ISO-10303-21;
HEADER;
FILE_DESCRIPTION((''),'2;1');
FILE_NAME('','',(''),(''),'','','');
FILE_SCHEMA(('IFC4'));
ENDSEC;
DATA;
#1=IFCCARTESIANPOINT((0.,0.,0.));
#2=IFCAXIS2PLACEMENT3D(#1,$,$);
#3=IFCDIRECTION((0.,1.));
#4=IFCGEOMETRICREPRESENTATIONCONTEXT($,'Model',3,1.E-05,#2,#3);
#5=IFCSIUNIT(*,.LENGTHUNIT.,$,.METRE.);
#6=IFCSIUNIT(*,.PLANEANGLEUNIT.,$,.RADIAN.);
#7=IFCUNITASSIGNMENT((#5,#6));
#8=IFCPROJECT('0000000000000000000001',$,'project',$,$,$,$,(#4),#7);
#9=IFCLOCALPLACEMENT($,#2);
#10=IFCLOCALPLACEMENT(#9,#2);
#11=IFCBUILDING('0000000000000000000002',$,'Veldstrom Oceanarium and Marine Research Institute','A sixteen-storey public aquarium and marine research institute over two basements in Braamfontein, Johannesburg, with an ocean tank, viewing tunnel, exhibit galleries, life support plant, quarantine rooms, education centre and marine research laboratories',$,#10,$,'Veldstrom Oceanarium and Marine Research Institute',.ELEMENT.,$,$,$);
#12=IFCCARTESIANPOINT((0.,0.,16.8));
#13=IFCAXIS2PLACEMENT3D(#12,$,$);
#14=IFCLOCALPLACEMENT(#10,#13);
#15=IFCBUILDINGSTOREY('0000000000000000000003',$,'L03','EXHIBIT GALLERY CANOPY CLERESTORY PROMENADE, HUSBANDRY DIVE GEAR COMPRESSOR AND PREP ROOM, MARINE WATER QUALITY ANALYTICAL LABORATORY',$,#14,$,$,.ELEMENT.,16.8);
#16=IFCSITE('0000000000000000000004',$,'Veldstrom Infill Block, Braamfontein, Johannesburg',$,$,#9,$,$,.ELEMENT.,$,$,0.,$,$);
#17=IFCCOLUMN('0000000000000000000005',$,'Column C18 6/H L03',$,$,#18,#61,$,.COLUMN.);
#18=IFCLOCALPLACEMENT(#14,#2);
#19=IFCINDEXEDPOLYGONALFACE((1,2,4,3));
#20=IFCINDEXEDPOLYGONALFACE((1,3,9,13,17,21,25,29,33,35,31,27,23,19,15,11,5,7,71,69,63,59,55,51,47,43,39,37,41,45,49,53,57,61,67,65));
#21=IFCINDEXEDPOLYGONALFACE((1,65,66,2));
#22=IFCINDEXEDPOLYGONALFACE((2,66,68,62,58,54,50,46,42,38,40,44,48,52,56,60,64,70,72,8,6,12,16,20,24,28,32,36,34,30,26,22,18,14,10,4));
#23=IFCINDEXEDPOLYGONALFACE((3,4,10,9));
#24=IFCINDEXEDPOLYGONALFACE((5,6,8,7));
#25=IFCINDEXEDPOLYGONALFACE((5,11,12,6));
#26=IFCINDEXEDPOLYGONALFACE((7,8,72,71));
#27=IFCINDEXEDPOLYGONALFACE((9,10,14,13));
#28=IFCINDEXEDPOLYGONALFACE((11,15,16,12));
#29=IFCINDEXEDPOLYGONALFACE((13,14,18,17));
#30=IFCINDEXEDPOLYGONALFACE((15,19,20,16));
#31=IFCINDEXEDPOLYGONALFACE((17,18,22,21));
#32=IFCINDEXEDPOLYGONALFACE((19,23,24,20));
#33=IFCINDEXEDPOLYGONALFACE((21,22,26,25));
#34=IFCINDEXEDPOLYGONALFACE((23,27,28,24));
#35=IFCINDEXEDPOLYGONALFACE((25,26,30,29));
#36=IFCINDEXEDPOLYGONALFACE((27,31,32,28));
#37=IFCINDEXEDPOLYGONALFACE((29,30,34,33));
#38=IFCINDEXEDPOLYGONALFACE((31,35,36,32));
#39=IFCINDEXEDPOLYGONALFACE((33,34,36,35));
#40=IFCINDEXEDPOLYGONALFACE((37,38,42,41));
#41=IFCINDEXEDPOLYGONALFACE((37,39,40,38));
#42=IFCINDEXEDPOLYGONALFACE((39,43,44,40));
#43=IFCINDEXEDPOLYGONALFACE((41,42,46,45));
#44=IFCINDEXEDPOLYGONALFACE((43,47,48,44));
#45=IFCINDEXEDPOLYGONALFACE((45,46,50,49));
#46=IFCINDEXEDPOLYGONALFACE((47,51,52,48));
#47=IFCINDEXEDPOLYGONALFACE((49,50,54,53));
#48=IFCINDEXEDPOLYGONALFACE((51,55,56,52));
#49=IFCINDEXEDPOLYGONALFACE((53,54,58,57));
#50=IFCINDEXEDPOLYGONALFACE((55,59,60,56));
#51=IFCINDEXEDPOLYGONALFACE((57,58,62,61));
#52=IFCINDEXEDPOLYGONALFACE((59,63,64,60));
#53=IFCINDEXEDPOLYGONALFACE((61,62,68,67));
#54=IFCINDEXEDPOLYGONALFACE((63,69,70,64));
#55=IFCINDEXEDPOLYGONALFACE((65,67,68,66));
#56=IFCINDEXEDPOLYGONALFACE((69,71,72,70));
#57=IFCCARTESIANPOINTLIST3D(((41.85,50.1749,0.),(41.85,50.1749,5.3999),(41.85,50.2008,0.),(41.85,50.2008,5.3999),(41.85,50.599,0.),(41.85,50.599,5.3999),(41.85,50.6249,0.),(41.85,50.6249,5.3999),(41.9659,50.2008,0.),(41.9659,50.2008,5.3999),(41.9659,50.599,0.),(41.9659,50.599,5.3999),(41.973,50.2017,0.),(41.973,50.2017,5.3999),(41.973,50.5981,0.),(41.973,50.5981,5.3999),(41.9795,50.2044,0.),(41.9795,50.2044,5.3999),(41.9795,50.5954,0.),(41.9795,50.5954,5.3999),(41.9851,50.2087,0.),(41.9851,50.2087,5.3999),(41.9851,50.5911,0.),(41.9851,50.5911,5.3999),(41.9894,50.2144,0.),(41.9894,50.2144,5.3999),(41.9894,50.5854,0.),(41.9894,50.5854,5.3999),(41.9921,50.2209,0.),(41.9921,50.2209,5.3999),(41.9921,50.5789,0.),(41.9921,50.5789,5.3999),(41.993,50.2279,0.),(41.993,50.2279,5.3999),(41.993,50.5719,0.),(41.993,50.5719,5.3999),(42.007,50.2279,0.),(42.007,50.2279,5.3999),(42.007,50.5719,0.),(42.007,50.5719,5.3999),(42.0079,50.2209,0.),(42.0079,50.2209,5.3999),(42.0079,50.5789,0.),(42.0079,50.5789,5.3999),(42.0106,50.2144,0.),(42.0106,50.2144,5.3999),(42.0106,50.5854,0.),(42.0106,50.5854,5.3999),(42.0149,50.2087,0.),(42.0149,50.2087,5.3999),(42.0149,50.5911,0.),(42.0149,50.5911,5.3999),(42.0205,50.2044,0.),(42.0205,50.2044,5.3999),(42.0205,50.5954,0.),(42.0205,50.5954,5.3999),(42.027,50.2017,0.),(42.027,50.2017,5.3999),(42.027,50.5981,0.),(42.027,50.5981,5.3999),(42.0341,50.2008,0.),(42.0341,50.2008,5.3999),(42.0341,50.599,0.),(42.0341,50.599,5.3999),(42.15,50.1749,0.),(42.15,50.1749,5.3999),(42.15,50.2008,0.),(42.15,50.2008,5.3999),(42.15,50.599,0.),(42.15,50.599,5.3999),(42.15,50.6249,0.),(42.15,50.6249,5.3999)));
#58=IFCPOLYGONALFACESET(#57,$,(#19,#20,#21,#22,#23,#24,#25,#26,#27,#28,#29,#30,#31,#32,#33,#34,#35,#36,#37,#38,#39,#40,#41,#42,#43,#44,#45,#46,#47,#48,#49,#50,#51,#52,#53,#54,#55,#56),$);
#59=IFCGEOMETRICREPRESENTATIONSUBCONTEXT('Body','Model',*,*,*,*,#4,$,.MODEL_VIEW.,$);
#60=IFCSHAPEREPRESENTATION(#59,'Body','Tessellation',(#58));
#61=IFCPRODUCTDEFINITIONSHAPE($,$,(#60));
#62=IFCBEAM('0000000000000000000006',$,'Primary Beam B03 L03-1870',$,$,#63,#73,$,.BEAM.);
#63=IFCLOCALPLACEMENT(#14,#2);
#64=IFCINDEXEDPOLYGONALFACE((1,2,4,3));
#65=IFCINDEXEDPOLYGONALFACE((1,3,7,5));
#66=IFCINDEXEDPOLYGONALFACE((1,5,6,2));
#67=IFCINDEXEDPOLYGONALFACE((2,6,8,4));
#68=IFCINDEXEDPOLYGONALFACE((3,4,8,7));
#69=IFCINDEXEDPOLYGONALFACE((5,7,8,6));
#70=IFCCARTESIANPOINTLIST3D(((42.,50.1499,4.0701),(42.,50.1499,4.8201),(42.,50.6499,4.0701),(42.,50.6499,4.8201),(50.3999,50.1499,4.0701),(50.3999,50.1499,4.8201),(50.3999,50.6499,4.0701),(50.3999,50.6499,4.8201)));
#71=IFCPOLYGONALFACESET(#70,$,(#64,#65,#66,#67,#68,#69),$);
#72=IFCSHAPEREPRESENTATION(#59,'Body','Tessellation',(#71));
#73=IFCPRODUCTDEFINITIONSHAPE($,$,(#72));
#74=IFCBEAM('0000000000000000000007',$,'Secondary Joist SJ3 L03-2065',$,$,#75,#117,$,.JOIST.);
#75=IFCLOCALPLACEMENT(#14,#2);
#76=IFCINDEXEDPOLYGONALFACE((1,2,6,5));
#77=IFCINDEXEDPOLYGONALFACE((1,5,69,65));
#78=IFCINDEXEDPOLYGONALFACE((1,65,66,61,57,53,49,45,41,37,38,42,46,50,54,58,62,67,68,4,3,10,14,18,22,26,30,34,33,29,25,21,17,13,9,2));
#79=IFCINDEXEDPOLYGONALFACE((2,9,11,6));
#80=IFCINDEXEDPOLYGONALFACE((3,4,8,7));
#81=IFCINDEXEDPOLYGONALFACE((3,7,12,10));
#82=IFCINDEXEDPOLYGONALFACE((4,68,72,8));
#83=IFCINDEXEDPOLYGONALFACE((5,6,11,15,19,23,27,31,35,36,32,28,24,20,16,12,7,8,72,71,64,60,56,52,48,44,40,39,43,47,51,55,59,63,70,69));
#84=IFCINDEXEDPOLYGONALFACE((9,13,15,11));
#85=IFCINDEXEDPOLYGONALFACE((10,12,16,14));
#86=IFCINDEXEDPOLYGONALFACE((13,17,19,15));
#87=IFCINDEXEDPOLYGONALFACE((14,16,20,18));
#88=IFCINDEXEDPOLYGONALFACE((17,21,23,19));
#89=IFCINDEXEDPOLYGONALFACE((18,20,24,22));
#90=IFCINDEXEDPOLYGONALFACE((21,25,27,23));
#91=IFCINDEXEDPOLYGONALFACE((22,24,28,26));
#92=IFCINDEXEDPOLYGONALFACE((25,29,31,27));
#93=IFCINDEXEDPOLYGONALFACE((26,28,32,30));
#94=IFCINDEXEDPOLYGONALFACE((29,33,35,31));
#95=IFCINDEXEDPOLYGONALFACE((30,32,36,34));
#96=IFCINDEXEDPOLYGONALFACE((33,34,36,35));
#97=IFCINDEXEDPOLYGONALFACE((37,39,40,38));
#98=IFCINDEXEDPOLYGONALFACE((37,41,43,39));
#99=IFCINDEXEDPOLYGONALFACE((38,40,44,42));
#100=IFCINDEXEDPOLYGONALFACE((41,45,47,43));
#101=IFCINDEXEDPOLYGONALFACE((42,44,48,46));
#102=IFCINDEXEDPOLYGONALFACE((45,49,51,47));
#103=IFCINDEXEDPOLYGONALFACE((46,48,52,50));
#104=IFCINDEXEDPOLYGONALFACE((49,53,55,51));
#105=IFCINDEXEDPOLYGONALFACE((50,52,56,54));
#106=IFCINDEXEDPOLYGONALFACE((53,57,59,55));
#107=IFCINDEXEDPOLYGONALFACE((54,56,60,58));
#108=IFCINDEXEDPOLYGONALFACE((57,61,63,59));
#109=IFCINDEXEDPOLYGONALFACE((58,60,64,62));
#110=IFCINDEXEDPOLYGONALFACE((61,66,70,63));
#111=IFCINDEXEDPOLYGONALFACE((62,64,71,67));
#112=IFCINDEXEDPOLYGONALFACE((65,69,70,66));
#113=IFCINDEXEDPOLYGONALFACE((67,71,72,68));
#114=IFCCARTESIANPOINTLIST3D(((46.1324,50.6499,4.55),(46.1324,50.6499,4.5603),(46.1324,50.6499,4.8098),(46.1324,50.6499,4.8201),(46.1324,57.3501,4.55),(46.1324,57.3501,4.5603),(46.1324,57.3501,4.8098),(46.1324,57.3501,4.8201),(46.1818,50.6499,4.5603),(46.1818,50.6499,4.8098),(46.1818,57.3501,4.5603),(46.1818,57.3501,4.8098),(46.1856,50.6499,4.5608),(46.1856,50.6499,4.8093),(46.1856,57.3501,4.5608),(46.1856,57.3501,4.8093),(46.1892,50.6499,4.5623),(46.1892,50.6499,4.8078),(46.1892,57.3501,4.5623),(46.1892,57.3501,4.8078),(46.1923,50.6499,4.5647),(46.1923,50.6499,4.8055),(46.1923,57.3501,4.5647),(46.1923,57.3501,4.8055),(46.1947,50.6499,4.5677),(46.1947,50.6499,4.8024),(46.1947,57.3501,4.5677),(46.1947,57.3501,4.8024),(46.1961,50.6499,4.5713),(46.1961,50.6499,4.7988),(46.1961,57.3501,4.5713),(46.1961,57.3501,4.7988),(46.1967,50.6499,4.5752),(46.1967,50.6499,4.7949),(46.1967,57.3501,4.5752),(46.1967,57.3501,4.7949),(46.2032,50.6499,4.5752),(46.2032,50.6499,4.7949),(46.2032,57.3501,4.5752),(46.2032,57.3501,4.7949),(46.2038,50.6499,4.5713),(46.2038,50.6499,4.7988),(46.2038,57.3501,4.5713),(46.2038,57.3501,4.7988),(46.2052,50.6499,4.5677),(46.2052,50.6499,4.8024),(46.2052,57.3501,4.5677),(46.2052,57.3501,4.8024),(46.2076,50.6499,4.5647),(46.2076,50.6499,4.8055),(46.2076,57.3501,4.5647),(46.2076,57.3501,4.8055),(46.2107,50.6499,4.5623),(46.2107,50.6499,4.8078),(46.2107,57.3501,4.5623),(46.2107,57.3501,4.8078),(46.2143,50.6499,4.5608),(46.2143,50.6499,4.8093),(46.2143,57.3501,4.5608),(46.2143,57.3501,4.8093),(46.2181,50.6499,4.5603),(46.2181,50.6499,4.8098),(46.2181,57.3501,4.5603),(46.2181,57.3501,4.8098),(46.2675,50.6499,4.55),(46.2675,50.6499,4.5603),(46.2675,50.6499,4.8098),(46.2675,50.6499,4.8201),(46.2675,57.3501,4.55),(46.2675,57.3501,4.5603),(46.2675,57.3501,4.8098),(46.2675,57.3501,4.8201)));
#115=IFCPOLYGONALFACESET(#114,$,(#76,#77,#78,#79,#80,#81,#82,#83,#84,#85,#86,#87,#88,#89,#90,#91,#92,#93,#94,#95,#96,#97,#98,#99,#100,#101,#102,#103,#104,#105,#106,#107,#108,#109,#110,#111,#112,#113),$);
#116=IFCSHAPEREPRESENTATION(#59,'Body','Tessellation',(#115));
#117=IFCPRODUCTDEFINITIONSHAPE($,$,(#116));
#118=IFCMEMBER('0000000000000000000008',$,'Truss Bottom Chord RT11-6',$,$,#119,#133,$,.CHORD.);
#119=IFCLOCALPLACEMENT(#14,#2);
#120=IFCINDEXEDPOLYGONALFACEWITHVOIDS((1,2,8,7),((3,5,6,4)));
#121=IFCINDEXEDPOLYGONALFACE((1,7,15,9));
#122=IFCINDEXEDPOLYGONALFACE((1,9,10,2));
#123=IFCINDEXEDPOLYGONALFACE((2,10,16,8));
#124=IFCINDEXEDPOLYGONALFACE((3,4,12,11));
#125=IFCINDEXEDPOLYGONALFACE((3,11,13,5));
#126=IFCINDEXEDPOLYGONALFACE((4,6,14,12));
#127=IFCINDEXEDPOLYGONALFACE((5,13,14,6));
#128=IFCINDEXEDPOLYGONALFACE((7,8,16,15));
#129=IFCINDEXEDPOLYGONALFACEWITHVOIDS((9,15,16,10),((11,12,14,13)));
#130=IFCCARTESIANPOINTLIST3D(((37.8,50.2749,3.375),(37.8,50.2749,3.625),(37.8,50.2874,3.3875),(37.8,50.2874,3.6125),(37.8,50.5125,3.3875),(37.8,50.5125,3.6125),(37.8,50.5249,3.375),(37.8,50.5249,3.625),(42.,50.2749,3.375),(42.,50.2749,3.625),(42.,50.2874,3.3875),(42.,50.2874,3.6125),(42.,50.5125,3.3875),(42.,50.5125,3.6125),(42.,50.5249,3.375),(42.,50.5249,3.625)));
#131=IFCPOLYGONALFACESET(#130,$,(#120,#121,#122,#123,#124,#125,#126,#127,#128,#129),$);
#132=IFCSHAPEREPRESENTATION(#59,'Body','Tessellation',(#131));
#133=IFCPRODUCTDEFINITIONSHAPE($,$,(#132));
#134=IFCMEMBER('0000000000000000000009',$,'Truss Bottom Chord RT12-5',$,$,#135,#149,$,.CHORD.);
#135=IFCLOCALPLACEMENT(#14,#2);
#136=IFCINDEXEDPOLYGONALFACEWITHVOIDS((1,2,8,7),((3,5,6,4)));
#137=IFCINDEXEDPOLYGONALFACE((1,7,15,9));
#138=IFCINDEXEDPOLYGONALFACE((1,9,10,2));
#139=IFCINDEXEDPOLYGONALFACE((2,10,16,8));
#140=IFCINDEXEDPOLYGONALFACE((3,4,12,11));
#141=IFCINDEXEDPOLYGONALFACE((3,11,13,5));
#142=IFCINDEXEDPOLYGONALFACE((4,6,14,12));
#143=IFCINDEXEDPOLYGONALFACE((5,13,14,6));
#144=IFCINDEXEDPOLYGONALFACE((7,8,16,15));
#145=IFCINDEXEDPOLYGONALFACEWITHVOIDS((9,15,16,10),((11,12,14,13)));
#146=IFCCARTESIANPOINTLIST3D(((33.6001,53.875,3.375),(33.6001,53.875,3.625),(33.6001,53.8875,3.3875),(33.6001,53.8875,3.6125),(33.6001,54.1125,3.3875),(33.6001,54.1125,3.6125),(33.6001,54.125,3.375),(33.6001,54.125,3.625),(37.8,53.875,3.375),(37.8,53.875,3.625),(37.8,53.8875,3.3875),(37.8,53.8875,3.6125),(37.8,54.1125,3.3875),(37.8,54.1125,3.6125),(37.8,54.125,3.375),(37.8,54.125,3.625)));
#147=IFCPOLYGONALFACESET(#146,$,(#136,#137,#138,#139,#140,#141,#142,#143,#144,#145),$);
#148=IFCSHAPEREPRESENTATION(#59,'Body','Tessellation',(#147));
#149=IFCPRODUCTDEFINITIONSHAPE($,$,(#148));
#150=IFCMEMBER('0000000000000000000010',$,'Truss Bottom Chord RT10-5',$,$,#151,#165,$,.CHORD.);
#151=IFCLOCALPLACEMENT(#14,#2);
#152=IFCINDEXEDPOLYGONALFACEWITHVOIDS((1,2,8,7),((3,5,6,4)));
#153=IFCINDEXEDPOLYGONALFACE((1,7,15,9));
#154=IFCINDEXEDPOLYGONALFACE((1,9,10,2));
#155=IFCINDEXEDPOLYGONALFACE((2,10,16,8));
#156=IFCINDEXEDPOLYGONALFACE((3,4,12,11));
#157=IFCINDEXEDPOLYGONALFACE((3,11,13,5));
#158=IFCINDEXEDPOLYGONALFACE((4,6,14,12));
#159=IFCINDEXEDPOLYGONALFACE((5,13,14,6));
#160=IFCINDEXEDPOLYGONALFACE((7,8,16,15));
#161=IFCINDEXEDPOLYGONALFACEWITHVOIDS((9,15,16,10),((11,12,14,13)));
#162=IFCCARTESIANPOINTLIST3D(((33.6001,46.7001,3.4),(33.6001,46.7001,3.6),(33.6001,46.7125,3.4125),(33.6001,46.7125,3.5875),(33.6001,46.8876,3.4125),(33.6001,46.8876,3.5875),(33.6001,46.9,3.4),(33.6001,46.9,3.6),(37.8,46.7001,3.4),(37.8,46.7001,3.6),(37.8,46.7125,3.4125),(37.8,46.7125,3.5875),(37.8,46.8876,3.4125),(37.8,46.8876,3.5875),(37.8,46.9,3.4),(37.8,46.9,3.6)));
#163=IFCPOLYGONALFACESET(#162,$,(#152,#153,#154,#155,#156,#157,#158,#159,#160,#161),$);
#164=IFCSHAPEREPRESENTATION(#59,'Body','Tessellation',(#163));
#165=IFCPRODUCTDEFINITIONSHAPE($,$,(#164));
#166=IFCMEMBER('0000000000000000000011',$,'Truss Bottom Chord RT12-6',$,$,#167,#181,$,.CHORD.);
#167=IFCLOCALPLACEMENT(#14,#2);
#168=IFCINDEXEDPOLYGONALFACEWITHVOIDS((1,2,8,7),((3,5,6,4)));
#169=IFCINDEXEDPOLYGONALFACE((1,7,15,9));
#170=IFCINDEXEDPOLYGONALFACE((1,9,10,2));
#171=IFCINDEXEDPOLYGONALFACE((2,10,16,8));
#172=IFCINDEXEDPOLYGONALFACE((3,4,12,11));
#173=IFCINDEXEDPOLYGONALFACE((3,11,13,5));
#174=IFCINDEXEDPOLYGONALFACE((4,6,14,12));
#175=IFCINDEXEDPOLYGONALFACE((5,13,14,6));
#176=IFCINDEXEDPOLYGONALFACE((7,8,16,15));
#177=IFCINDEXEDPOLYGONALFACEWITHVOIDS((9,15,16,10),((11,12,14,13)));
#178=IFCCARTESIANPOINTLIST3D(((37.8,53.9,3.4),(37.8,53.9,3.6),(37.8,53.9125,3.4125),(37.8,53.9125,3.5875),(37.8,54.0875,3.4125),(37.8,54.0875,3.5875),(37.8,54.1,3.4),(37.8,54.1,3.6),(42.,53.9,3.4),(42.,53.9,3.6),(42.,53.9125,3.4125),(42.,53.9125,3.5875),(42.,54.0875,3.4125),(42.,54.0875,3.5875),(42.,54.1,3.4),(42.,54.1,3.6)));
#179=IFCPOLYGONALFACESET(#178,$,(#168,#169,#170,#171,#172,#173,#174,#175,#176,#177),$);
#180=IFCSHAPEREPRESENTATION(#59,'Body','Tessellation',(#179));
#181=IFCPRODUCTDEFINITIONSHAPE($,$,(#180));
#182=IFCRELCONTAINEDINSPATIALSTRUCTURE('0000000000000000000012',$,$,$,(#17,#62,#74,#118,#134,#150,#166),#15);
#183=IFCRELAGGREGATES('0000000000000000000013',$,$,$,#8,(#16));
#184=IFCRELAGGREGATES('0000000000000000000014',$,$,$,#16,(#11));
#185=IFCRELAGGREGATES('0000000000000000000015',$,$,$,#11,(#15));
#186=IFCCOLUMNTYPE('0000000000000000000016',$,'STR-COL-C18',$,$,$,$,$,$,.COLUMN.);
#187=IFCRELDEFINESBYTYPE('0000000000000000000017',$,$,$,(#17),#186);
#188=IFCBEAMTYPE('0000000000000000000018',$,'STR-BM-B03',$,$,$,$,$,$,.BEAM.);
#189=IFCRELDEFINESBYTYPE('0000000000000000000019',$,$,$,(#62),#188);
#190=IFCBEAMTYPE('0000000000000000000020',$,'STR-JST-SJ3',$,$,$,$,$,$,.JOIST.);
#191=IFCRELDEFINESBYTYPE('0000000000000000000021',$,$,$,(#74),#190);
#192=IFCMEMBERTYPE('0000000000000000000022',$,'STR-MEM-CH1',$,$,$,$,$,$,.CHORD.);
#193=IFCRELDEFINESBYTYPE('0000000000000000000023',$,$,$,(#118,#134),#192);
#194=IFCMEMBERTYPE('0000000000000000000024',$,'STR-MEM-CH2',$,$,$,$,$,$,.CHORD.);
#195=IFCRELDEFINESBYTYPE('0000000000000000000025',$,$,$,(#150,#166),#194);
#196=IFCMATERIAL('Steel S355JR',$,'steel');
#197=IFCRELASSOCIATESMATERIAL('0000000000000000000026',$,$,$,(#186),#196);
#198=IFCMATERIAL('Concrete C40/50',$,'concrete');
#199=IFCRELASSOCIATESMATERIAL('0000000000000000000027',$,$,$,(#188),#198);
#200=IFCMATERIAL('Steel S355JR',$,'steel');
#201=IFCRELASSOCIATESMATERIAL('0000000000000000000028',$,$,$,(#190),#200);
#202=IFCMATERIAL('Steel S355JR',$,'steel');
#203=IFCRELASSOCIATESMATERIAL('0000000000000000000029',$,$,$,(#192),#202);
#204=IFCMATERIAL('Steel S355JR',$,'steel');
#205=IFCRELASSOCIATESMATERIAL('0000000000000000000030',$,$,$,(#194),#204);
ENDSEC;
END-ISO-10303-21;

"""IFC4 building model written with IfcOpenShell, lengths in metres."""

from ifc_helpers import new_model, si_unit, direction, frame, origin, origin_2d, place, context, subcontext, project, spatial, rectangle, hollow_rectangle, i_section, extrude, material, material_profile, profile_set, type_object, element, save


model = new_model("IFC4")

# Units and contexts
model_context = context("Model", 3, precision=1e-05, world=origin(), true_north=direction((0.0, 1.0)))
body_context = subcontext(model_context, "Body", "Model", "MODEL_VIEW")
ifc_project = project(units=[si_unit("LENGTHUNIT", "METRE"), si_unit("PLANEANGLEUNIT", "RADIAN")], contexts=[model_context])

# Site, building, storey
site_placement = place(None, origin())
site = spatial("IfcSite", under=ifc_project, at=site_placement, Name="Veldstrom Infill Block, Braamfontein, Johannesburg", CompositionType="ELEMENT", RefElevation=0.0)
building_placement = place(site_placement, origin())
building = spatial("IfcBuilding", under=site, at=building_placement, Name="Veldstrom Oceanarium and Marine Research Institute", Description="A sixteen-storey public aquarium and marine research institute over two basements in Braamfontein, Johannesburg, with an ocean tank, viewing tunnel, exhibit galleries, life support plant, quarantine rooms, education centre and marine research laboratories", LongName="Veldstrom Oceanarium and Marine Research Institute", CompositionType="ELEMENT")
storey_placement = place(building_placement, frame((0.0, 0.0, 16.8)))
storey = spatial("IfcBuildingStorey", under=building, at=storey_placement, Name="L03", Description="EXHIBIT GALLERY CANOPY CLERESTORY PROMENADE, HUSBANDRY DIVE GEAR COMPRESSOR AND PREP ROOM, MARINE WATER QUALITY ANALYTICAL LABORATORY", CompositionType="ELEMENT", Elevation=16.8)

# Column
ifc_material_1 = material(Name="Steel S355JR", Category="steel")
ifc_material_profile_1 = material_profile(ifc_material_1, i_section(OverallWidth=0.3, OverallDepth=0.45, WebThickness=0.0139, FlangeThickness=0.0259, FilletRadius=0.0271, at=origin_2d()), Name="HEB 450")
ifc_profile_set_1 = profile_set([ifc_material_profile_1], Name="Steel S355JR")
column_type = type_object("IfcColumnType", Name="STR-COL-C18", PredefinedType="COLUMN", material=ifc_profile_set_1)
column_placement = place(storey_placement, frame((42.0, 50.3999, 0.0), z_axis=(0.0, 0.0, 1.0), x_axis=(1.0, 0.0, 0.0)))
element("IfcColumn", 1, at=column_placement, inside=storey, type_object=column_type, Name="Column C18 6/H L03", PredefinedType="COLUMN", context=body_context, shape_type="SweptSolid", body=[
    extrude(i_section(OverallWidth=0.3, OverallDepth=0.45, WebThickness=0.0139, FlangeThickness=0.0259, FilletRadius=0.0271, at=origin_2d()), origin(), (0.0, 0.0, 1.0), 5.3999),
])

# Beams
ifc_material_2 = material(Name="Concrete C40/50", Category="concrete")
ifc_material_profile_2 = material_profile(ifc_material_2, rectangle(XDim=0.5, YDim=0.75, at=origin_2d()), Name="RC-BM-500x750")
ifc_profile_set_2 = profile_set([ifc_material_profile_2], Name="Concrete C40/50")
beam_type_1 = type_object("IfcBeamType", Name="STR-BM-B03", PredefinedType="BEAM", material=ifc_profile_set_2)
beam_1_placement = place(storey_placement, frame((42.0, 50.3999, 4.4451), z_axis=(1.0, 0.0, 0.0), x_axis=(0.0, 1.0, 0.0)))
element("IfcBeam", 2, at=beam_1_placement, inside=storey, type_object=beam_type_1, Name="Primary Beam B03 L03-1870", PredefinedType="BEAM", context=body_context, shape_type="SweptSolid", body=[
    extrude(rectangle(XDim=0.5, YDim=0.75, at=origin_2d()), origin(), (0.0, 0.0, 1.0), 8.3999),
])
ifc_material_3 = material(Name="Steel S355JR", Category="steel")
ifc_material_profile_3 = material_profile(ifc_material_3, i_section(OverallWidth=0.135, OverallDepth=0.27, WebThickness=0.0066, FlangeThickness=0.0103, FilletRadius=0.0149, at=origin_2d()), Name="IPE 270")
ifc_profile_set_3 = profile_set([ifc_material_profile_3], Name="Steel S355JR")
beam_type_2 = type_object("IfcBeamType", Name="STR-JST-SJ3", PredefinedType="JOIST", material=ifc_profile_set_3)
beam_2_placement = place(storey_placement, frame((46.2, 50.6499, 4.6851), z_axis=(0.0, 1.0, 0.0), x_axis=(-1.0, 0.0, 0.0)))
element("IfcBeam", 3, at=beam_2_placement, inside=storey, type_object=beam_type_2, Name="Secondary Joist SJ3 L03-2065", PredefinedType="JOIST", context=body_context, shape_type="SweptSolid", body=[
    extrude(i_section(OverallWidth=0.135, OverallDepth=0.27, WebThickness=0.0066, FlangeThickness=0.0103, FilletRadius=0.0149, at=origin_2d()), origin(), (0.0, 0.0, 1.0), 6.7002),
])

# Members
ifc_material_4 = material(Name="Steel S355JR", Category="steel")
ifc_material_profile_4 = material_profile(ifc_material_4, hollow_rectangle(XDim=0.25, YDim=0.25, WallThickness=0.0125, at=origin_2d()), Name="SHS 250x250x12.5")
ifc_profile_set_4 = profile_set([ifc_material_profile_4], Name="Steel S355JR")
member_type_1 = type_object("IfcMemberType", Name="STR-MEM-CH1", PredefinedType="CHORD", material=ifc_profile_set_4)
for number, where, z_axis, x_axis, name in (
    (4, (37.8, 50.3999, 3.5), (1.0, 0.0, 0.0), (0.0, 1.0, 0.0), "Truss Bottom Chord RT11-6"),
    (5, (33.6001, 54.0, 3.5), (1.0, 0.0, 0.0), (0.0, 1.0, 0.0), "Truss Bottom Chord RT12-5"),
):
    element("IfcMember", number, at=place(storey_placement, frame(where, z_axis=z_axis, x_axis=x_axis)), inside=storey, type_object=member_type_1, Name=name, PredefinedType="CHORD", context=body_context, shape_type="SweptSolid", body=[
        extrude(hollow_rectangle(XDim=0.25, YDim=0.25, WallThickness=0.0125, at=origin_2d()), origin(), (0.0, 0.0, 1.0), 4.2),
    ])
ifc_material_5 = material(Name="Steel S355JR", Category="steel")
ifc_material_profile_5 = material_profile(ifc_material_5, hollow_rectangle(XDim=0.2, YDim=0.2, WallThickness=0.0125, at=origin_2d()), Name="SHS 200x200x12.5")
ifc_profile_set_5 = profile_set([ifc_material_profile_5], Name="Steel S355JR")
member_type_2 = type_object("IfcMemberType", Name="STR-MEM-CH2", PredefinedType="CHORD", material=ifc_profile_set_5)
for number, where, z_axis, x_axis, name in (
    (6, (33.6001, 46.8, 3.5), (1.0, 0.0, 0.0), (0.0, 1.0, 0.0), "Truss Bottom Chord RT10-5"),
    (7, (37.8, 54.0, 3.5), (1.0, 0.0, 0.0), (0.0, 1.0, 0.0), "Truss Bottom Chord RT12-6"),
):
    element("IfcMember", number, at=place(storey_placement, frame(where, z_axis=z_axis, x_axis=x_axis)), inside=storey, type_object=member_type_2, Name=name, PredefinedType="CHORD", context=body_context, shape_type="SweptSolid", body=[
        extrude(hollow_rectangle(XDim=0.2, YDim=0.2, WallThickness=0.0125, at=origin_2d()), origin(), (0.0, 0.0, 1.0), 4.2),
    ])

save(model, "model.ifc")
